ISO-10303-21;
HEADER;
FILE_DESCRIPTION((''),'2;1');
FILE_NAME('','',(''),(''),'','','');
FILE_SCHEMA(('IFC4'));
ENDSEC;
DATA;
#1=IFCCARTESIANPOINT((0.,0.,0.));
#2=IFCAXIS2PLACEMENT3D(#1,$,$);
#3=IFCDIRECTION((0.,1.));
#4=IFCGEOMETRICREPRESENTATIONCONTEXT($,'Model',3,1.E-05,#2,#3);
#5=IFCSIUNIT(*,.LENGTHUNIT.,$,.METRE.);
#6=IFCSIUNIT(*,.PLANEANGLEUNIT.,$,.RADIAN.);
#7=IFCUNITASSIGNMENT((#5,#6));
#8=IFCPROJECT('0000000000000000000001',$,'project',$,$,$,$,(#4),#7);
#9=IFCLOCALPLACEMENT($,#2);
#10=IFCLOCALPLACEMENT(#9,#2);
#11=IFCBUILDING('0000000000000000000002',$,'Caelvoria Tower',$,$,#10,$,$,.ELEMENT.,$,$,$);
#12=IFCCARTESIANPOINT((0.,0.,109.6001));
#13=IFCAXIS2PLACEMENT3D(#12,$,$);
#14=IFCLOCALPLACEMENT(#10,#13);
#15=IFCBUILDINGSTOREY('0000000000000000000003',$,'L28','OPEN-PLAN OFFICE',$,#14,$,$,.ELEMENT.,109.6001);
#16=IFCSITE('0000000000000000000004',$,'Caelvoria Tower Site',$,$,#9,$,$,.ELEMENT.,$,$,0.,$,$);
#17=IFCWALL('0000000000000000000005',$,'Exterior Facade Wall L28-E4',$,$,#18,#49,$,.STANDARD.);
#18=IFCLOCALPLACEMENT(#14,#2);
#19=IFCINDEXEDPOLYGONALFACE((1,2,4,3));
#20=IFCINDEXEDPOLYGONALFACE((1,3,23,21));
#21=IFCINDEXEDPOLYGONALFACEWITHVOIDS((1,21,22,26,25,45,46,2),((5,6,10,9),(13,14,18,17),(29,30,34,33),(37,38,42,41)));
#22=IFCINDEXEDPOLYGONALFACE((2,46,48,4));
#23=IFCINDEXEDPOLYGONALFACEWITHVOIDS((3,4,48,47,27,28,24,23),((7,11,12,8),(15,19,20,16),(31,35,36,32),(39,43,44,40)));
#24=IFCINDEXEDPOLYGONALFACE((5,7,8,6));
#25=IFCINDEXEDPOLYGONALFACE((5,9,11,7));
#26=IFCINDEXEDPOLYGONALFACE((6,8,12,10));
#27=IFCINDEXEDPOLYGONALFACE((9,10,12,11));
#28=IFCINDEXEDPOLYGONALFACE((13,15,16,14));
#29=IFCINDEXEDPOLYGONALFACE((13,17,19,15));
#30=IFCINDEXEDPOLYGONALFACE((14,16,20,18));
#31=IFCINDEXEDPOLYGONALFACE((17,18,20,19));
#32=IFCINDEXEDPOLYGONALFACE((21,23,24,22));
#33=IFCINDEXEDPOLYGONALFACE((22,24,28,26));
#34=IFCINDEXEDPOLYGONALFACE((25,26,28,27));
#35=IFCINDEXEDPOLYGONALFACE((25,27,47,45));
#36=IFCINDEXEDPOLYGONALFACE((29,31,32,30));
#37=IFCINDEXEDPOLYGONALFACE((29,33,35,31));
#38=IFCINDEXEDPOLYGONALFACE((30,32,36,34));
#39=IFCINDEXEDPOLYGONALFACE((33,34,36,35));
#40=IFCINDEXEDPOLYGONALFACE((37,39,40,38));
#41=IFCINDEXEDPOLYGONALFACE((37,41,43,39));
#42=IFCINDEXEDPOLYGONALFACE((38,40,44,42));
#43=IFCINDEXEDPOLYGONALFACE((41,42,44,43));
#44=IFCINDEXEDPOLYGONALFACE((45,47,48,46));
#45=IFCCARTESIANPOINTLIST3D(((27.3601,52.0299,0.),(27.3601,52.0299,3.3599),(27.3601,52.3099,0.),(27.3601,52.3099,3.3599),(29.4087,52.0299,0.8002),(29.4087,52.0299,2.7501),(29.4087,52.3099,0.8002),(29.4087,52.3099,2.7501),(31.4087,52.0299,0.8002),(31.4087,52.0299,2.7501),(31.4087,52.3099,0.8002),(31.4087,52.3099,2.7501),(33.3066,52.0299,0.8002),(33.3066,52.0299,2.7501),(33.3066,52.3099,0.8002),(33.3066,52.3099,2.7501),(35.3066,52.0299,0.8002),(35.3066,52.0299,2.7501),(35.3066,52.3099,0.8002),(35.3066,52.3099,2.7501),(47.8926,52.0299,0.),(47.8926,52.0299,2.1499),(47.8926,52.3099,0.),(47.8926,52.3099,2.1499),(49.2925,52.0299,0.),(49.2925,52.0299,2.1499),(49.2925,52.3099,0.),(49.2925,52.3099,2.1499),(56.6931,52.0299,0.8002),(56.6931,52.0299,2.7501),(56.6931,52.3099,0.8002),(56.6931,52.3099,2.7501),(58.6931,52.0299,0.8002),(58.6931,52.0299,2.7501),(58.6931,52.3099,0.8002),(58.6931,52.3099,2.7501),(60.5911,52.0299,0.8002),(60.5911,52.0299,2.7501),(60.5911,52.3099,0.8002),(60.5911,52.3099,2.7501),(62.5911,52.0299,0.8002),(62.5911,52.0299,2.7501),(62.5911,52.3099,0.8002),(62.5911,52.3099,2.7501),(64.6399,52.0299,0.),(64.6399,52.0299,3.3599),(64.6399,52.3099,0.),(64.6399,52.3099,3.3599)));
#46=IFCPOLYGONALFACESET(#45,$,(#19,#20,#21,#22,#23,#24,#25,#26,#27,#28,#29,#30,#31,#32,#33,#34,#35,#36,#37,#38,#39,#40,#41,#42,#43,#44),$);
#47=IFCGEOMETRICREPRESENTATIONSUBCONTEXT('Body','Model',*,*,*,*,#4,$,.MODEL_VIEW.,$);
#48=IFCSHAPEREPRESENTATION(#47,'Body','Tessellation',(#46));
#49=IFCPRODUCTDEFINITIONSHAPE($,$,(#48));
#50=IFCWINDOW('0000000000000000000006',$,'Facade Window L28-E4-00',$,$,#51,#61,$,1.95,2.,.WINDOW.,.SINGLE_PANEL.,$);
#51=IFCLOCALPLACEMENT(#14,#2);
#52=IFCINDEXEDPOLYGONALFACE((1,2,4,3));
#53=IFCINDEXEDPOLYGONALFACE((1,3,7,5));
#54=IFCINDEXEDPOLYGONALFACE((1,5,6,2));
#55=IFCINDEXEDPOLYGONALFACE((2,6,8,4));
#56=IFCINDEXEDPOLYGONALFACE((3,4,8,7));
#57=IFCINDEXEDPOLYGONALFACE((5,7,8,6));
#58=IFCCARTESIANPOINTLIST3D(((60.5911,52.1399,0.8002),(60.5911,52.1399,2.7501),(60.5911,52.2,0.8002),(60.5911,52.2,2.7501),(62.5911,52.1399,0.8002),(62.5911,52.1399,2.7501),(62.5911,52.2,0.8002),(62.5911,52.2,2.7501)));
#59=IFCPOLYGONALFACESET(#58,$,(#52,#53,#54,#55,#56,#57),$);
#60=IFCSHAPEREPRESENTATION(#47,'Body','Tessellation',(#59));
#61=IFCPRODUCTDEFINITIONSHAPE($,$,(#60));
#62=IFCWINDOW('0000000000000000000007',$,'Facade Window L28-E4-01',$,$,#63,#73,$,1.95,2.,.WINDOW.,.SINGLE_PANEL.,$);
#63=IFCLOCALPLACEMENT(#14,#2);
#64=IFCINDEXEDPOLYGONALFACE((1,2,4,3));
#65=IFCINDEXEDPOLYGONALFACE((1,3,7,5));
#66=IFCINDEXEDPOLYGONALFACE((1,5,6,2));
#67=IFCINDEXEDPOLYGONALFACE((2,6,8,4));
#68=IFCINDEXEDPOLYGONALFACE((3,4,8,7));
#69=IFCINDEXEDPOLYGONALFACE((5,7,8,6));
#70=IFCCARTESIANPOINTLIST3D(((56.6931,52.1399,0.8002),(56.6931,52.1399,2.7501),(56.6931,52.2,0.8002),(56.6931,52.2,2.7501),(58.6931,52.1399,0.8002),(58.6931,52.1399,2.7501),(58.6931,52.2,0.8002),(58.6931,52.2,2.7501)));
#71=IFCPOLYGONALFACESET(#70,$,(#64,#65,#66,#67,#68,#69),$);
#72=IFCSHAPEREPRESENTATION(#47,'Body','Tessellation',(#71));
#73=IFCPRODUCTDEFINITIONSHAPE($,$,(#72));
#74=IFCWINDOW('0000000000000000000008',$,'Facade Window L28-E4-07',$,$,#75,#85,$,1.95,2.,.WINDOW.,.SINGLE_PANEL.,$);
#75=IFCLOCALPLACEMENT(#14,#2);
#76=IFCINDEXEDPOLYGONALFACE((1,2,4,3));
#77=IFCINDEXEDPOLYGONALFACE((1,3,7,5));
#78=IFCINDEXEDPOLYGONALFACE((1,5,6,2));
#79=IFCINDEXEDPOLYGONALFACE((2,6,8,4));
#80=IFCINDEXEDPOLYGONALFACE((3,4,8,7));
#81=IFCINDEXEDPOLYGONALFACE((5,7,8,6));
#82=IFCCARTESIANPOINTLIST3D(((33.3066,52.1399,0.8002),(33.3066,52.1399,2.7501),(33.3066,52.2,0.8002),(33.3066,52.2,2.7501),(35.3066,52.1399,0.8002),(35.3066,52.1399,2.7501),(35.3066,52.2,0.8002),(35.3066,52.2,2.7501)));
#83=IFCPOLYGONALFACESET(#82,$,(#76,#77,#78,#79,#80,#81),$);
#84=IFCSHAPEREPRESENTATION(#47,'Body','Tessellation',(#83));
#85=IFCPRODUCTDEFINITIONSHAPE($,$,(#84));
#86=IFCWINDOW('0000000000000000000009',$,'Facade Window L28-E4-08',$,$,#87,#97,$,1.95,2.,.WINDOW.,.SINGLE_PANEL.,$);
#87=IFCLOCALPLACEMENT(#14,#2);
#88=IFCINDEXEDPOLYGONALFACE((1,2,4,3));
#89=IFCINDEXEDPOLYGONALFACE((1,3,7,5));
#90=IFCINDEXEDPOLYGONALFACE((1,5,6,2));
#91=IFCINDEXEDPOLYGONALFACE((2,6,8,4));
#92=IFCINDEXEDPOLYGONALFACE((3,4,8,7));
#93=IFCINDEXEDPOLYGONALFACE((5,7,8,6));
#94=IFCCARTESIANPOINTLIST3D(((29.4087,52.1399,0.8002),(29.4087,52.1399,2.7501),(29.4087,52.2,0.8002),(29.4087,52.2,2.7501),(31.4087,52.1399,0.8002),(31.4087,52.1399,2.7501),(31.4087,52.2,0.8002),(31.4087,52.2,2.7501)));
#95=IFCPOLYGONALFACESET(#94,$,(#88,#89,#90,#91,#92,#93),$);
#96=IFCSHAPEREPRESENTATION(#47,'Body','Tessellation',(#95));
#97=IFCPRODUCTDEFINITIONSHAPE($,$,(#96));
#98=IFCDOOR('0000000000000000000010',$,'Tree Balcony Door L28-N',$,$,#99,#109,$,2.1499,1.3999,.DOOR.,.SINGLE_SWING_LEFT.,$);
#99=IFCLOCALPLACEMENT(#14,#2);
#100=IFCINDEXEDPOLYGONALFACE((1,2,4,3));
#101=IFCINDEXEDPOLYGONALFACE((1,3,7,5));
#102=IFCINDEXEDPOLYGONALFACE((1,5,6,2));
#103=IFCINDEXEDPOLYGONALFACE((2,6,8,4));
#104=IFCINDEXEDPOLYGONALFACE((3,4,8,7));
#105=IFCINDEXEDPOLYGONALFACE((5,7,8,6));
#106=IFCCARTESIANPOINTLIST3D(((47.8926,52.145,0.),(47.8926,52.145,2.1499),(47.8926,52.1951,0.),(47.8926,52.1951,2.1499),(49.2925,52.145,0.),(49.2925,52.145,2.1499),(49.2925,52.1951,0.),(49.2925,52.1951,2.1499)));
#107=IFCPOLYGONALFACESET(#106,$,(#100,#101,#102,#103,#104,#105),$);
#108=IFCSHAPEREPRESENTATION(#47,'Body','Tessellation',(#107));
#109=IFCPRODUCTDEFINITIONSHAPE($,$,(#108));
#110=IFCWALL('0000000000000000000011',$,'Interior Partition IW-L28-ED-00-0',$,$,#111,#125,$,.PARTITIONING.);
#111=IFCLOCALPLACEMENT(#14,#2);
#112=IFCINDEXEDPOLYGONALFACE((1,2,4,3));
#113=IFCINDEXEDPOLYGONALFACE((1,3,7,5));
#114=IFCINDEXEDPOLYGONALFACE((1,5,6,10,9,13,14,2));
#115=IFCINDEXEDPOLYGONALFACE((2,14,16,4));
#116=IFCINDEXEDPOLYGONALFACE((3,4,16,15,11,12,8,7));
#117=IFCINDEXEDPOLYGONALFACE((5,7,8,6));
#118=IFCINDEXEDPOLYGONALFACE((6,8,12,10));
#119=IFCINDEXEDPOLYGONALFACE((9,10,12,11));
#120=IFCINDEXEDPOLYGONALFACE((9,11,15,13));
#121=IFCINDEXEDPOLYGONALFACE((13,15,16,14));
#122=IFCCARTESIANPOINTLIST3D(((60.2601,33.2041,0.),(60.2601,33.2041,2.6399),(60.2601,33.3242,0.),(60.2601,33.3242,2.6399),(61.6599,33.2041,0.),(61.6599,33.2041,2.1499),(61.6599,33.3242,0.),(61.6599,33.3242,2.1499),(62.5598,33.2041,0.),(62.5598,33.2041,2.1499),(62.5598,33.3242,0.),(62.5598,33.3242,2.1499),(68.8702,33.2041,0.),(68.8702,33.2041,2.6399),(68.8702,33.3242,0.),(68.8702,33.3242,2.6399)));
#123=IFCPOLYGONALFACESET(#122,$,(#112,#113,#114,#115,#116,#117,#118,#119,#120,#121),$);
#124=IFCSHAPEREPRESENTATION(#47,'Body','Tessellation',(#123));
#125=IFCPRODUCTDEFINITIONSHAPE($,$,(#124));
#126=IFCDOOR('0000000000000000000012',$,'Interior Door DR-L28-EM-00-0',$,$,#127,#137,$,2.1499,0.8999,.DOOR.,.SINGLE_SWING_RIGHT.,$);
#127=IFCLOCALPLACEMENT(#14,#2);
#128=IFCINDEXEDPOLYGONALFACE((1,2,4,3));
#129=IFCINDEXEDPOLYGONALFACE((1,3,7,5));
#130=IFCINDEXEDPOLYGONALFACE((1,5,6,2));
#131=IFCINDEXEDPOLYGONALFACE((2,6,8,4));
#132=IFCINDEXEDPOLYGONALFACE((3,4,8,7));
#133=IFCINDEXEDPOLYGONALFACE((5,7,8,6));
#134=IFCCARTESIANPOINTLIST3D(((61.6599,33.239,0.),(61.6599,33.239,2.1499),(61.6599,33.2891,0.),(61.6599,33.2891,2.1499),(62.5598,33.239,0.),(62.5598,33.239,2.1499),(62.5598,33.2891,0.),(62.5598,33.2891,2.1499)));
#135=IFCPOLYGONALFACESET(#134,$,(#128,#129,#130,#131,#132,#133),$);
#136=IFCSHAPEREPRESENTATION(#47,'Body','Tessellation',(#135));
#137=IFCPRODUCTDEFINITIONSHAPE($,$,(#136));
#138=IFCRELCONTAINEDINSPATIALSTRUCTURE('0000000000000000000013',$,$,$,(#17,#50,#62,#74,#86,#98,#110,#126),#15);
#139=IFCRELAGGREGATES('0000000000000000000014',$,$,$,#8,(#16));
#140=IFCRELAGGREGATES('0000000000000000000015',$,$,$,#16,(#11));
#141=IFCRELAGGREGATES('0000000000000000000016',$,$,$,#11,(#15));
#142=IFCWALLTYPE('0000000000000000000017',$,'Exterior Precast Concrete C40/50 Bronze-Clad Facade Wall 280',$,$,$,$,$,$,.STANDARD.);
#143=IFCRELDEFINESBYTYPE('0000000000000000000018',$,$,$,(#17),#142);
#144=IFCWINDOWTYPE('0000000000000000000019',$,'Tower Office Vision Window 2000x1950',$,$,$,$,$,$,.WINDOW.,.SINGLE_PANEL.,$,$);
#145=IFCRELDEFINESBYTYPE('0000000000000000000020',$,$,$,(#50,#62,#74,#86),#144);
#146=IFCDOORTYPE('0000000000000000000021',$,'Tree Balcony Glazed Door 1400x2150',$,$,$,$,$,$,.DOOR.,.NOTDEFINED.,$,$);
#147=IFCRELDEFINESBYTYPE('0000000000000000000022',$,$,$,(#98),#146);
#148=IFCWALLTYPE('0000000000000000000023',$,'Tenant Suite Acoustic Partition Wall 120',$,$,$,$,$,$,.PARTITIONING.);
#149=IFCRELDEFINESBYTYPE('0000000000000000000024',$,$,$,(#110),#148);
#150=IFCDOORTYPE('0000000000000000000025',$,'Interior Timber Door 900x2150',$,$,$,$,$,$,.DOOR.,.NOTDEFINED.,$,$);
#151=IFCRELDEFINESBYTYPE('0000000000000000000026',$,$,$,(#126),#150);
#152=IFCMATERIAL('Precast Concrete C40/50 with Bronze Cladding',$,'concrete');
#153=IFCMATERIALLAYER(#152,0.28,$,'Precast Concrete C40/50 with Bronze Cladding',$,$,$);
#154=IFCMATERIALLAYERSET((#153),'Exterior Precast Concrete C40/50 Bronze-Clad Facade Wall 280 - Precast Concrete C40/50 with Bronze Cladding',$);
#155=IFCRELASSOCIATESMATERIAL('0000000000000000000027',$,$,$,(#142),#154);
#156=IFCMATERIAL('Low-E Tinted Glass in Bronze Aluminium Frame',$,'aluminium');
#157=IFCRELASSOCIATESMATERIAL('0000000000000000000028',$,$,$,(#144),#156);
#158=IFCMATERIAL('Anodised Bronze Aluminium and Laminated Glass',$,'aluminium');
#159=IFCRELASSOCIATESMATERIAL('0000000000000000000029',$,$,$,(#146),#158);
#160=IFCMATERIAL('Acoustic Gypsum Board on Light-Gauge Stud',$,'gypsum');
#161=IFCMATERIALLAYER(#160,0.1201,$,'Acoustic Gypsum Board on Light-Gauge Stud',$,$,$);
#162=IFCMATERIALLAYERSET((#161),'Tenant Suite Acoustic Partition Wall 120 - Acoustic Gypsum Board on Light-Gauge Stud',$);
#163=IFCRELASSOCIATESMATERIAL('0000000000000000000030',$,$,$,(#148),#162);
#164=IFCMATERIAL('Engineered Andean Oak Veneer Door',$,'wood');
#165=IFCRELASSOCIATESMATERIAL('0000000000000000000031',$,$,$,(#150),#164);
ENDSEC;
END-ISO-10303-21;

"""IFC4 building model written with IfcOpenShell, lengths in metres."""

from ifc_helpers import new_model, si_unit, direction, frame, frame_2d, origin, place, context, subcontext, project, spatial, rectangle, extrude, material, layer, layer_set, type_object, element, fill, save


model = new_model("IFC4")

# Units and contexts
model_context = context("Model", 3, precision=1e-05, world=origin(), true_north=direction((0.0, 1.0)))
body_context = subcontext(model_context, "Body", "Model", "MODEL_VIEW")
ifc_project = project(units=[si_unit("LENGTHUNIT", "METRE"), si_unit("PLANEANGLEUNIT", "RADIAN")], contexts=[model_context])

# Site, building, storey
site_placement = place(None, origin())
site = spatial("IfcSite", under=ifc_project, at=site_placement, Name="Caelvoria Tower Site", CompositionType="ELEMENT", RefElevation=0.0)
building_placement = place(site_placement, origin())
building = spatial("IfcBuilding", under=site, at=building_placement, Name="Caelvoria Tower", CompositionType="ELEMENT")
storey_placement = place(building_placement, frame((0.0, 0.0, 109.6001)))
storey = spatial("IfcBuildingStorey", under=building, at=storey_placement, Name="L28", Description="OPEN-PLAN OFFICE", CompositionType="ELEMENT", Elevation=109.6001)

# Shared definitions
ifc_material_1 = material(Name="Precast Concrete C40/50 with Bronze Cladding", Category="concrete")
ifc_layer_1 = layer(ifc_material_1, 0.28, Name="Precast Concrete C40/50 with Bronze Cladding")
ifc_layer_set_1 = layer_set([ifc_layer_1], Name="Exterior Precast Concrete C40/50 Bronze-Clad Facade Wall 280 - Precast Concrete C40/50 with Bronze Cladding")
wall_type_1 = type_object("IfcWallType", Name="Exterior Precast Concrete C40/50 Bronze-Clad Facade Wall 280", PredefinedType="STANDARD", material=ifc_layer_set_1)

# Wall, openings, windows, door
wall_1_placement = place(storey_placement, frame((64.6399, 52.1699, 0.0), z_axis=(0.0, 0.0, 1.0), x_axis=(-1.0, 0.0, 0.0)))
wall_1 = element("IfcWall", 1, at=wall_1_placement, inside=storey, type_object=wall_type_1, Name="Exterior Facade Wall L28-E4", PredefinedType="STANDARD", context=body_context, shape_type="SweptSolid", body=[
    extrude(rectangle(XDim=37.2798, YDim=0.28, at=frame_2d((18.6399, 0.0))), origin(), (0.0, 0.0, 1.0), 3.3599),
])
opening_1_placement = place(wall_1_placement, frame((15.3474, 0.0, 0.0)))
opening_1 = element("IfcOpeningElement", 2, at=opening_1_placement, cuts=wall_1, PredefinedType="OPENING", context=body_context, shape_type="SweptSolid", body=[
    extrude(rectangle(XDim=1.3999, YDim=2.1499, at=frame_2d((0.7, 1.075))), frame((0.0, 0.1499, 0.0), z_axis=(0.0, -1.0, 0.0), x_axis=(1.0, 0.0, 0.0)), (0.0, 0.0, 1.0), 0.3),
])
opening_2_placement = place(wall_1_placement, frame((2.0488, 0.0, 0.8)))
opening_2 = element("IfcOpeningElement", 3, at=opening_2_placement, cuts=wall_1, PredefinedType="OPENING", context=body_context, shape_type="SweptSolid", body=[
    extrude(rectangle(XDim=2.0, YDim=1.95, at=frame_2d((1.0, 0.9751))), frame((0.0, 0.1499, 0.0), z_axis=(0.0, -1.0, 0.0), x_axis=(1.0, 0.0, 0.0)), (0.0, 0.0, 1.0), 0.3),
])
opening_3_placement = place(wall_1_placement, frame((5.9468, 0.0, 0.8)))
opening_3 = element("IfcOpeningElement", 4, at=opening_3_placement, cuts=wall_1, PredefinedType="OPENING", context=body_context, shape_type="SweptSolid", body=[
    extrude(rectangle(XDim=2.0, YDim=1.95, at=frame_2d((1.0, 0.9751))), frame((0.0, 0.1499, 0.0), z_axis=(0.0, -1.0, 0.0), x_axis=(1.0, 0.0, 0.0)), (0.0, 0.0, 1.0), 0.3),
])
opening_4_placement = place(wall_1_placement, frame((29.3333, 0.0, 0.8)))
opening_4 = element("IfcOpeningElement", 5, at=opening_4_placement, cuts=wall_1, PredefinedType="OPENING", context=body_context, shape_type="SweptSolid", body=[
    extrude(rectangle(XDim=2.0, YDim=1.95, at=frame_2d((1.0, 0.9751))), frame((0.0, 0.1499, 0.0), z_axis=(0.0, -1.0, 0.0), x_axis=(1.0, 0.0, 0.0)), (0.0, 0.0, 1.0), 0.3),
])
opening_5_placement = place(wall_1_placement, frame((33.2312, 0.0, 0.8)))
opening_5 = element("IfcOpeningElement", 6, at=opening_5_placement, cuts=wall_1, PredefinedType="OPENING", context=body_context, shape_type="SweptSolid", body=[
    extrude(rectangle(XDim=2.0, YDim=1.95, at=frame_2d((1.0, 0.9751))), frame((0.0, 0.1499, 0.0), z_axis=(0.0, -1.0, 0.0), x_axis=(1.0, 0.0, 0.0)), (0.0, 0.0, 1.0), 0.3),
])
ifc_material_2 = material(Name="Low-E Tinted Glass in Bronze Aluminium Frame", Category="aluminium")
window_type = type_object("IfcWindowType", Name="Tower Office Vision Window 2000x1950", PartitioningType="SINGLE_PANEL", PredefinedType="WINDOW", material=ifc_material_2)
window_1_placement = place(opening_2_placement, origin())
window_1 = element("IfcWindow", 7, at=window_1_placement, inside=storey, type_object=window_type, Name="Facade Window L28-E4-00", OverallHeight=1.95, OverallWidth=2.0, PartitioningType="SINGLE_PANEL", PredefinedType="WINDOW", context=body_context, shape_type="SweptSolid", body=[
    extrude(rectangle(XDim=2.0, YDim=1.95, at=frame_2d((1.0, 0.9751))), frame((0.0, 0.03, 0.0), z_axis=(0.0, -1.0, 0.0), x_axis=(1.0, 0.0, 0.0)), (0.0, 0.0, 1.0), 0.0601),
])
fill(opening_2, window_1)
window_2_placement = place(opening_3_placement, origin())
window_2 = element("IfcWindow", 8, at=window_2_placement, inside=storey, type_object=window_type, Name="Facade Window L28-E4-01", OverallHeight=1.95, OverallWidth=2.0, PartitioningType="SINGLE_PANEL", PredefinedType="WINDOW", context=body_context, shape_type="SweptSolid", body=[
    extrude(rectangle(XDim=2.0, YDim=1.95, at=frame_2d((1.0, 0.9751))), frame((0.0, 0.03, 0.0), z_axis=(0.0, -1.0, 0.0), x_axis=(1.0, 0.0, 0.0)), (0.0, 0.0, 1.0), 0.0601),
])
fill(opening_3, window_2)
window_3_placement = place(opening_4_placement, origin())
window_3 = element("IfcWindow", 9, at=window_3_placement, inside=storey, type_object=window_type, Name="Facade Window L28-E4-07", OverallHeight=1.95, OverallWidth=2.0, PartitioningType="SINGLE_PANEL", PredefinedType="WINDOW", context=body_context, shape_type="SweptSolid", body=[
    extrude(rectangle(XDim=2.0, YDim=1.95, at=frame_2d((1.0, 0.9751))), frame((0.0, 0.03, 0.0), z_axis=(0.0, -1.0, 0.0), x_axis=(1.0, 0.0, 0.0)), (0.0, 0.0, 1.0), 0.0601),
])
fill(opening_4, window_3)
window_4_placement = place(opening_5_placement, origin())
window_4 = element("IfcWindow", 10, at=window_4_placement, inside=storey, type_object=window_type, Name="Facade Window L28-E4-08", OverallHeight=1.95, OverallWidth=2.0, PartitioningType="SINGLE_PANEL", PredefinedType="WINDOW", context=body_context, shape_type="SweptSolid", body=[
    extrude(rectangle(XDim=2.0, YDim=1.95, at=frame_2d((1.0, 0.9751))), frame((0.0, 0.03, 0.0), z_axis=(0.0, -1.0, 0.0), x_axis=(1.0, 0.0, 0.0)), (0.0, 0.0, 1.0), 0.0601),
])
fill(opening_5, window_4)
ifc_material_3 = material(Name="Anodised Bronze Aluminium and Laminated Glass", Category="aluminium")
door_type_1 = type_object("IfcDoorType", Name="Tree Balcony Glazed Door 1400x2150", OperationType="NOTDEFINED", PredefinedType="DOOR", material=ifc_material_3)
door_1_placement = place(opening_1_placement, origin())
door_1 = element("IfcDoor", 11, at=door_1_placement, inside=storey, type_object=door_type_1, Name="Tree Balcony Door L28-N", OperationType="SINGLE_SWING_LEFT", OverallHeight=2.1499, OverallWidth=1.3999, PredefinedType="DOOR", context=body_context, shape_type="SweptSolid", body=[
    extrude(rectangle(XDim=1.3999, YDim=2.1499, at=frame_2d((0.7, 1.075))), frame((0.0, 0.0249, 0.0), z_axis=(0.0, -1.0, 0.0), x_axis=(1.0, 0.0, 0.0)), (0.0, 0.0, 1.0), 0.05),
])
fill(opening_1, door_1)

# Wall, opening, door
ifc_material_4 = material(Name="Acoustic Gypsum Board on Light-Gauge Stud", Category="gypsum")
ifc_layer_2 = layer(ifc_material_4, 0.1201, Name="Acoustic Gypsum Board on Light-Gauge Stud")
ifc_layer_set_2 = layer_set([ifc_layer_2], Name="Tenant Suite Acoustic Partition Wall 120 - Acoustic Gypsum Board on Light-Gauge Stud")
wall_type_2 = type_object("IfcWallType", Name="Tenant Suite Acoustic Partition Wall 120", PredefinedType="PARTITIONING", material=ifc_layer_set_2)
wall_2_placement = place(storey_placement, frame((60.26, 33.2642, 0.0), z_axis=(0.0, 0.0, 1.0), x_axis=(1.0, 0.0, 0.0)))
wall_2 = element("IfcWall", 12, at=wall_2_placement, inside=storey, type_object=wall_type_2, Name="Interior Partition IW-L28-ED-00-0", PredefinedType="PARTITIONING", context=body_context, shape_type="SweptSolid", body=[
    extrude(rectangle(XDim=8.6101, YDim=0.1201, at=frame_2d((4.3052, 0.0))), origin(), (0.0, 0.0, 1.0), 2.6399),
])
opening_6_placement = place(wall_2_placement, frame((1.3999, 0.0, 0.0)))
opening_6 = element("IfcOpeningElement", 13, at=opening_6_placement, cuts=wall_2, PredefinedType="OPENING", context=body_context, shape_type="SweptSolid", body=[
    extrude(rectangle(XDim=0.8999, YDim=2.1499, at=frame_2d((0.45, 1.075))), frame((0.0, 0.0701, 0.0), z_axis=(0.0, -1.0, 0.0), x_axis=(1.0, 0.0, 0.0)), (0.0, 0.0, 1.0), 0.1401),
])
ifc_material_5 = material(Name="Engineered Andean Oak Veneer Door", Category="wood")
door_type_2 = type_object("IfcDoorType", Name="Interior Timber Door 900x2150", OperationType="NOTDEFINED", PredefinedType="DOOR", material=ifc_material_5)
door_2_placement = place(opening_6_placement, origin())
door_2 = element("IfcDoor", 14, at=door_2_placement, inside=storey, type_object=door_type_2, Name="Interior Door DR-L28-EM-00-0", OperationType="SINGLE_SWING_RIGHT", OverallHeight=2.1499, OverallWidth=0.8999, PredefinedType="DOOR", context=body_context, shape_type="SweptSolid", body=[
    extrude(rectangle(XDim=0.8999, YDim=2.1499, at=frame_2d((0.45, 1.075))), frame((0.0, 0.0249, 0.0), z_axis=(0.0, -1.0, 0.0), x_axis=(1.0, 0.0, 0.0)), (0.0, 0.0, 1.0), 0.05),
])
fill(opening_6, door_2)

save(model, "model.ifc")
